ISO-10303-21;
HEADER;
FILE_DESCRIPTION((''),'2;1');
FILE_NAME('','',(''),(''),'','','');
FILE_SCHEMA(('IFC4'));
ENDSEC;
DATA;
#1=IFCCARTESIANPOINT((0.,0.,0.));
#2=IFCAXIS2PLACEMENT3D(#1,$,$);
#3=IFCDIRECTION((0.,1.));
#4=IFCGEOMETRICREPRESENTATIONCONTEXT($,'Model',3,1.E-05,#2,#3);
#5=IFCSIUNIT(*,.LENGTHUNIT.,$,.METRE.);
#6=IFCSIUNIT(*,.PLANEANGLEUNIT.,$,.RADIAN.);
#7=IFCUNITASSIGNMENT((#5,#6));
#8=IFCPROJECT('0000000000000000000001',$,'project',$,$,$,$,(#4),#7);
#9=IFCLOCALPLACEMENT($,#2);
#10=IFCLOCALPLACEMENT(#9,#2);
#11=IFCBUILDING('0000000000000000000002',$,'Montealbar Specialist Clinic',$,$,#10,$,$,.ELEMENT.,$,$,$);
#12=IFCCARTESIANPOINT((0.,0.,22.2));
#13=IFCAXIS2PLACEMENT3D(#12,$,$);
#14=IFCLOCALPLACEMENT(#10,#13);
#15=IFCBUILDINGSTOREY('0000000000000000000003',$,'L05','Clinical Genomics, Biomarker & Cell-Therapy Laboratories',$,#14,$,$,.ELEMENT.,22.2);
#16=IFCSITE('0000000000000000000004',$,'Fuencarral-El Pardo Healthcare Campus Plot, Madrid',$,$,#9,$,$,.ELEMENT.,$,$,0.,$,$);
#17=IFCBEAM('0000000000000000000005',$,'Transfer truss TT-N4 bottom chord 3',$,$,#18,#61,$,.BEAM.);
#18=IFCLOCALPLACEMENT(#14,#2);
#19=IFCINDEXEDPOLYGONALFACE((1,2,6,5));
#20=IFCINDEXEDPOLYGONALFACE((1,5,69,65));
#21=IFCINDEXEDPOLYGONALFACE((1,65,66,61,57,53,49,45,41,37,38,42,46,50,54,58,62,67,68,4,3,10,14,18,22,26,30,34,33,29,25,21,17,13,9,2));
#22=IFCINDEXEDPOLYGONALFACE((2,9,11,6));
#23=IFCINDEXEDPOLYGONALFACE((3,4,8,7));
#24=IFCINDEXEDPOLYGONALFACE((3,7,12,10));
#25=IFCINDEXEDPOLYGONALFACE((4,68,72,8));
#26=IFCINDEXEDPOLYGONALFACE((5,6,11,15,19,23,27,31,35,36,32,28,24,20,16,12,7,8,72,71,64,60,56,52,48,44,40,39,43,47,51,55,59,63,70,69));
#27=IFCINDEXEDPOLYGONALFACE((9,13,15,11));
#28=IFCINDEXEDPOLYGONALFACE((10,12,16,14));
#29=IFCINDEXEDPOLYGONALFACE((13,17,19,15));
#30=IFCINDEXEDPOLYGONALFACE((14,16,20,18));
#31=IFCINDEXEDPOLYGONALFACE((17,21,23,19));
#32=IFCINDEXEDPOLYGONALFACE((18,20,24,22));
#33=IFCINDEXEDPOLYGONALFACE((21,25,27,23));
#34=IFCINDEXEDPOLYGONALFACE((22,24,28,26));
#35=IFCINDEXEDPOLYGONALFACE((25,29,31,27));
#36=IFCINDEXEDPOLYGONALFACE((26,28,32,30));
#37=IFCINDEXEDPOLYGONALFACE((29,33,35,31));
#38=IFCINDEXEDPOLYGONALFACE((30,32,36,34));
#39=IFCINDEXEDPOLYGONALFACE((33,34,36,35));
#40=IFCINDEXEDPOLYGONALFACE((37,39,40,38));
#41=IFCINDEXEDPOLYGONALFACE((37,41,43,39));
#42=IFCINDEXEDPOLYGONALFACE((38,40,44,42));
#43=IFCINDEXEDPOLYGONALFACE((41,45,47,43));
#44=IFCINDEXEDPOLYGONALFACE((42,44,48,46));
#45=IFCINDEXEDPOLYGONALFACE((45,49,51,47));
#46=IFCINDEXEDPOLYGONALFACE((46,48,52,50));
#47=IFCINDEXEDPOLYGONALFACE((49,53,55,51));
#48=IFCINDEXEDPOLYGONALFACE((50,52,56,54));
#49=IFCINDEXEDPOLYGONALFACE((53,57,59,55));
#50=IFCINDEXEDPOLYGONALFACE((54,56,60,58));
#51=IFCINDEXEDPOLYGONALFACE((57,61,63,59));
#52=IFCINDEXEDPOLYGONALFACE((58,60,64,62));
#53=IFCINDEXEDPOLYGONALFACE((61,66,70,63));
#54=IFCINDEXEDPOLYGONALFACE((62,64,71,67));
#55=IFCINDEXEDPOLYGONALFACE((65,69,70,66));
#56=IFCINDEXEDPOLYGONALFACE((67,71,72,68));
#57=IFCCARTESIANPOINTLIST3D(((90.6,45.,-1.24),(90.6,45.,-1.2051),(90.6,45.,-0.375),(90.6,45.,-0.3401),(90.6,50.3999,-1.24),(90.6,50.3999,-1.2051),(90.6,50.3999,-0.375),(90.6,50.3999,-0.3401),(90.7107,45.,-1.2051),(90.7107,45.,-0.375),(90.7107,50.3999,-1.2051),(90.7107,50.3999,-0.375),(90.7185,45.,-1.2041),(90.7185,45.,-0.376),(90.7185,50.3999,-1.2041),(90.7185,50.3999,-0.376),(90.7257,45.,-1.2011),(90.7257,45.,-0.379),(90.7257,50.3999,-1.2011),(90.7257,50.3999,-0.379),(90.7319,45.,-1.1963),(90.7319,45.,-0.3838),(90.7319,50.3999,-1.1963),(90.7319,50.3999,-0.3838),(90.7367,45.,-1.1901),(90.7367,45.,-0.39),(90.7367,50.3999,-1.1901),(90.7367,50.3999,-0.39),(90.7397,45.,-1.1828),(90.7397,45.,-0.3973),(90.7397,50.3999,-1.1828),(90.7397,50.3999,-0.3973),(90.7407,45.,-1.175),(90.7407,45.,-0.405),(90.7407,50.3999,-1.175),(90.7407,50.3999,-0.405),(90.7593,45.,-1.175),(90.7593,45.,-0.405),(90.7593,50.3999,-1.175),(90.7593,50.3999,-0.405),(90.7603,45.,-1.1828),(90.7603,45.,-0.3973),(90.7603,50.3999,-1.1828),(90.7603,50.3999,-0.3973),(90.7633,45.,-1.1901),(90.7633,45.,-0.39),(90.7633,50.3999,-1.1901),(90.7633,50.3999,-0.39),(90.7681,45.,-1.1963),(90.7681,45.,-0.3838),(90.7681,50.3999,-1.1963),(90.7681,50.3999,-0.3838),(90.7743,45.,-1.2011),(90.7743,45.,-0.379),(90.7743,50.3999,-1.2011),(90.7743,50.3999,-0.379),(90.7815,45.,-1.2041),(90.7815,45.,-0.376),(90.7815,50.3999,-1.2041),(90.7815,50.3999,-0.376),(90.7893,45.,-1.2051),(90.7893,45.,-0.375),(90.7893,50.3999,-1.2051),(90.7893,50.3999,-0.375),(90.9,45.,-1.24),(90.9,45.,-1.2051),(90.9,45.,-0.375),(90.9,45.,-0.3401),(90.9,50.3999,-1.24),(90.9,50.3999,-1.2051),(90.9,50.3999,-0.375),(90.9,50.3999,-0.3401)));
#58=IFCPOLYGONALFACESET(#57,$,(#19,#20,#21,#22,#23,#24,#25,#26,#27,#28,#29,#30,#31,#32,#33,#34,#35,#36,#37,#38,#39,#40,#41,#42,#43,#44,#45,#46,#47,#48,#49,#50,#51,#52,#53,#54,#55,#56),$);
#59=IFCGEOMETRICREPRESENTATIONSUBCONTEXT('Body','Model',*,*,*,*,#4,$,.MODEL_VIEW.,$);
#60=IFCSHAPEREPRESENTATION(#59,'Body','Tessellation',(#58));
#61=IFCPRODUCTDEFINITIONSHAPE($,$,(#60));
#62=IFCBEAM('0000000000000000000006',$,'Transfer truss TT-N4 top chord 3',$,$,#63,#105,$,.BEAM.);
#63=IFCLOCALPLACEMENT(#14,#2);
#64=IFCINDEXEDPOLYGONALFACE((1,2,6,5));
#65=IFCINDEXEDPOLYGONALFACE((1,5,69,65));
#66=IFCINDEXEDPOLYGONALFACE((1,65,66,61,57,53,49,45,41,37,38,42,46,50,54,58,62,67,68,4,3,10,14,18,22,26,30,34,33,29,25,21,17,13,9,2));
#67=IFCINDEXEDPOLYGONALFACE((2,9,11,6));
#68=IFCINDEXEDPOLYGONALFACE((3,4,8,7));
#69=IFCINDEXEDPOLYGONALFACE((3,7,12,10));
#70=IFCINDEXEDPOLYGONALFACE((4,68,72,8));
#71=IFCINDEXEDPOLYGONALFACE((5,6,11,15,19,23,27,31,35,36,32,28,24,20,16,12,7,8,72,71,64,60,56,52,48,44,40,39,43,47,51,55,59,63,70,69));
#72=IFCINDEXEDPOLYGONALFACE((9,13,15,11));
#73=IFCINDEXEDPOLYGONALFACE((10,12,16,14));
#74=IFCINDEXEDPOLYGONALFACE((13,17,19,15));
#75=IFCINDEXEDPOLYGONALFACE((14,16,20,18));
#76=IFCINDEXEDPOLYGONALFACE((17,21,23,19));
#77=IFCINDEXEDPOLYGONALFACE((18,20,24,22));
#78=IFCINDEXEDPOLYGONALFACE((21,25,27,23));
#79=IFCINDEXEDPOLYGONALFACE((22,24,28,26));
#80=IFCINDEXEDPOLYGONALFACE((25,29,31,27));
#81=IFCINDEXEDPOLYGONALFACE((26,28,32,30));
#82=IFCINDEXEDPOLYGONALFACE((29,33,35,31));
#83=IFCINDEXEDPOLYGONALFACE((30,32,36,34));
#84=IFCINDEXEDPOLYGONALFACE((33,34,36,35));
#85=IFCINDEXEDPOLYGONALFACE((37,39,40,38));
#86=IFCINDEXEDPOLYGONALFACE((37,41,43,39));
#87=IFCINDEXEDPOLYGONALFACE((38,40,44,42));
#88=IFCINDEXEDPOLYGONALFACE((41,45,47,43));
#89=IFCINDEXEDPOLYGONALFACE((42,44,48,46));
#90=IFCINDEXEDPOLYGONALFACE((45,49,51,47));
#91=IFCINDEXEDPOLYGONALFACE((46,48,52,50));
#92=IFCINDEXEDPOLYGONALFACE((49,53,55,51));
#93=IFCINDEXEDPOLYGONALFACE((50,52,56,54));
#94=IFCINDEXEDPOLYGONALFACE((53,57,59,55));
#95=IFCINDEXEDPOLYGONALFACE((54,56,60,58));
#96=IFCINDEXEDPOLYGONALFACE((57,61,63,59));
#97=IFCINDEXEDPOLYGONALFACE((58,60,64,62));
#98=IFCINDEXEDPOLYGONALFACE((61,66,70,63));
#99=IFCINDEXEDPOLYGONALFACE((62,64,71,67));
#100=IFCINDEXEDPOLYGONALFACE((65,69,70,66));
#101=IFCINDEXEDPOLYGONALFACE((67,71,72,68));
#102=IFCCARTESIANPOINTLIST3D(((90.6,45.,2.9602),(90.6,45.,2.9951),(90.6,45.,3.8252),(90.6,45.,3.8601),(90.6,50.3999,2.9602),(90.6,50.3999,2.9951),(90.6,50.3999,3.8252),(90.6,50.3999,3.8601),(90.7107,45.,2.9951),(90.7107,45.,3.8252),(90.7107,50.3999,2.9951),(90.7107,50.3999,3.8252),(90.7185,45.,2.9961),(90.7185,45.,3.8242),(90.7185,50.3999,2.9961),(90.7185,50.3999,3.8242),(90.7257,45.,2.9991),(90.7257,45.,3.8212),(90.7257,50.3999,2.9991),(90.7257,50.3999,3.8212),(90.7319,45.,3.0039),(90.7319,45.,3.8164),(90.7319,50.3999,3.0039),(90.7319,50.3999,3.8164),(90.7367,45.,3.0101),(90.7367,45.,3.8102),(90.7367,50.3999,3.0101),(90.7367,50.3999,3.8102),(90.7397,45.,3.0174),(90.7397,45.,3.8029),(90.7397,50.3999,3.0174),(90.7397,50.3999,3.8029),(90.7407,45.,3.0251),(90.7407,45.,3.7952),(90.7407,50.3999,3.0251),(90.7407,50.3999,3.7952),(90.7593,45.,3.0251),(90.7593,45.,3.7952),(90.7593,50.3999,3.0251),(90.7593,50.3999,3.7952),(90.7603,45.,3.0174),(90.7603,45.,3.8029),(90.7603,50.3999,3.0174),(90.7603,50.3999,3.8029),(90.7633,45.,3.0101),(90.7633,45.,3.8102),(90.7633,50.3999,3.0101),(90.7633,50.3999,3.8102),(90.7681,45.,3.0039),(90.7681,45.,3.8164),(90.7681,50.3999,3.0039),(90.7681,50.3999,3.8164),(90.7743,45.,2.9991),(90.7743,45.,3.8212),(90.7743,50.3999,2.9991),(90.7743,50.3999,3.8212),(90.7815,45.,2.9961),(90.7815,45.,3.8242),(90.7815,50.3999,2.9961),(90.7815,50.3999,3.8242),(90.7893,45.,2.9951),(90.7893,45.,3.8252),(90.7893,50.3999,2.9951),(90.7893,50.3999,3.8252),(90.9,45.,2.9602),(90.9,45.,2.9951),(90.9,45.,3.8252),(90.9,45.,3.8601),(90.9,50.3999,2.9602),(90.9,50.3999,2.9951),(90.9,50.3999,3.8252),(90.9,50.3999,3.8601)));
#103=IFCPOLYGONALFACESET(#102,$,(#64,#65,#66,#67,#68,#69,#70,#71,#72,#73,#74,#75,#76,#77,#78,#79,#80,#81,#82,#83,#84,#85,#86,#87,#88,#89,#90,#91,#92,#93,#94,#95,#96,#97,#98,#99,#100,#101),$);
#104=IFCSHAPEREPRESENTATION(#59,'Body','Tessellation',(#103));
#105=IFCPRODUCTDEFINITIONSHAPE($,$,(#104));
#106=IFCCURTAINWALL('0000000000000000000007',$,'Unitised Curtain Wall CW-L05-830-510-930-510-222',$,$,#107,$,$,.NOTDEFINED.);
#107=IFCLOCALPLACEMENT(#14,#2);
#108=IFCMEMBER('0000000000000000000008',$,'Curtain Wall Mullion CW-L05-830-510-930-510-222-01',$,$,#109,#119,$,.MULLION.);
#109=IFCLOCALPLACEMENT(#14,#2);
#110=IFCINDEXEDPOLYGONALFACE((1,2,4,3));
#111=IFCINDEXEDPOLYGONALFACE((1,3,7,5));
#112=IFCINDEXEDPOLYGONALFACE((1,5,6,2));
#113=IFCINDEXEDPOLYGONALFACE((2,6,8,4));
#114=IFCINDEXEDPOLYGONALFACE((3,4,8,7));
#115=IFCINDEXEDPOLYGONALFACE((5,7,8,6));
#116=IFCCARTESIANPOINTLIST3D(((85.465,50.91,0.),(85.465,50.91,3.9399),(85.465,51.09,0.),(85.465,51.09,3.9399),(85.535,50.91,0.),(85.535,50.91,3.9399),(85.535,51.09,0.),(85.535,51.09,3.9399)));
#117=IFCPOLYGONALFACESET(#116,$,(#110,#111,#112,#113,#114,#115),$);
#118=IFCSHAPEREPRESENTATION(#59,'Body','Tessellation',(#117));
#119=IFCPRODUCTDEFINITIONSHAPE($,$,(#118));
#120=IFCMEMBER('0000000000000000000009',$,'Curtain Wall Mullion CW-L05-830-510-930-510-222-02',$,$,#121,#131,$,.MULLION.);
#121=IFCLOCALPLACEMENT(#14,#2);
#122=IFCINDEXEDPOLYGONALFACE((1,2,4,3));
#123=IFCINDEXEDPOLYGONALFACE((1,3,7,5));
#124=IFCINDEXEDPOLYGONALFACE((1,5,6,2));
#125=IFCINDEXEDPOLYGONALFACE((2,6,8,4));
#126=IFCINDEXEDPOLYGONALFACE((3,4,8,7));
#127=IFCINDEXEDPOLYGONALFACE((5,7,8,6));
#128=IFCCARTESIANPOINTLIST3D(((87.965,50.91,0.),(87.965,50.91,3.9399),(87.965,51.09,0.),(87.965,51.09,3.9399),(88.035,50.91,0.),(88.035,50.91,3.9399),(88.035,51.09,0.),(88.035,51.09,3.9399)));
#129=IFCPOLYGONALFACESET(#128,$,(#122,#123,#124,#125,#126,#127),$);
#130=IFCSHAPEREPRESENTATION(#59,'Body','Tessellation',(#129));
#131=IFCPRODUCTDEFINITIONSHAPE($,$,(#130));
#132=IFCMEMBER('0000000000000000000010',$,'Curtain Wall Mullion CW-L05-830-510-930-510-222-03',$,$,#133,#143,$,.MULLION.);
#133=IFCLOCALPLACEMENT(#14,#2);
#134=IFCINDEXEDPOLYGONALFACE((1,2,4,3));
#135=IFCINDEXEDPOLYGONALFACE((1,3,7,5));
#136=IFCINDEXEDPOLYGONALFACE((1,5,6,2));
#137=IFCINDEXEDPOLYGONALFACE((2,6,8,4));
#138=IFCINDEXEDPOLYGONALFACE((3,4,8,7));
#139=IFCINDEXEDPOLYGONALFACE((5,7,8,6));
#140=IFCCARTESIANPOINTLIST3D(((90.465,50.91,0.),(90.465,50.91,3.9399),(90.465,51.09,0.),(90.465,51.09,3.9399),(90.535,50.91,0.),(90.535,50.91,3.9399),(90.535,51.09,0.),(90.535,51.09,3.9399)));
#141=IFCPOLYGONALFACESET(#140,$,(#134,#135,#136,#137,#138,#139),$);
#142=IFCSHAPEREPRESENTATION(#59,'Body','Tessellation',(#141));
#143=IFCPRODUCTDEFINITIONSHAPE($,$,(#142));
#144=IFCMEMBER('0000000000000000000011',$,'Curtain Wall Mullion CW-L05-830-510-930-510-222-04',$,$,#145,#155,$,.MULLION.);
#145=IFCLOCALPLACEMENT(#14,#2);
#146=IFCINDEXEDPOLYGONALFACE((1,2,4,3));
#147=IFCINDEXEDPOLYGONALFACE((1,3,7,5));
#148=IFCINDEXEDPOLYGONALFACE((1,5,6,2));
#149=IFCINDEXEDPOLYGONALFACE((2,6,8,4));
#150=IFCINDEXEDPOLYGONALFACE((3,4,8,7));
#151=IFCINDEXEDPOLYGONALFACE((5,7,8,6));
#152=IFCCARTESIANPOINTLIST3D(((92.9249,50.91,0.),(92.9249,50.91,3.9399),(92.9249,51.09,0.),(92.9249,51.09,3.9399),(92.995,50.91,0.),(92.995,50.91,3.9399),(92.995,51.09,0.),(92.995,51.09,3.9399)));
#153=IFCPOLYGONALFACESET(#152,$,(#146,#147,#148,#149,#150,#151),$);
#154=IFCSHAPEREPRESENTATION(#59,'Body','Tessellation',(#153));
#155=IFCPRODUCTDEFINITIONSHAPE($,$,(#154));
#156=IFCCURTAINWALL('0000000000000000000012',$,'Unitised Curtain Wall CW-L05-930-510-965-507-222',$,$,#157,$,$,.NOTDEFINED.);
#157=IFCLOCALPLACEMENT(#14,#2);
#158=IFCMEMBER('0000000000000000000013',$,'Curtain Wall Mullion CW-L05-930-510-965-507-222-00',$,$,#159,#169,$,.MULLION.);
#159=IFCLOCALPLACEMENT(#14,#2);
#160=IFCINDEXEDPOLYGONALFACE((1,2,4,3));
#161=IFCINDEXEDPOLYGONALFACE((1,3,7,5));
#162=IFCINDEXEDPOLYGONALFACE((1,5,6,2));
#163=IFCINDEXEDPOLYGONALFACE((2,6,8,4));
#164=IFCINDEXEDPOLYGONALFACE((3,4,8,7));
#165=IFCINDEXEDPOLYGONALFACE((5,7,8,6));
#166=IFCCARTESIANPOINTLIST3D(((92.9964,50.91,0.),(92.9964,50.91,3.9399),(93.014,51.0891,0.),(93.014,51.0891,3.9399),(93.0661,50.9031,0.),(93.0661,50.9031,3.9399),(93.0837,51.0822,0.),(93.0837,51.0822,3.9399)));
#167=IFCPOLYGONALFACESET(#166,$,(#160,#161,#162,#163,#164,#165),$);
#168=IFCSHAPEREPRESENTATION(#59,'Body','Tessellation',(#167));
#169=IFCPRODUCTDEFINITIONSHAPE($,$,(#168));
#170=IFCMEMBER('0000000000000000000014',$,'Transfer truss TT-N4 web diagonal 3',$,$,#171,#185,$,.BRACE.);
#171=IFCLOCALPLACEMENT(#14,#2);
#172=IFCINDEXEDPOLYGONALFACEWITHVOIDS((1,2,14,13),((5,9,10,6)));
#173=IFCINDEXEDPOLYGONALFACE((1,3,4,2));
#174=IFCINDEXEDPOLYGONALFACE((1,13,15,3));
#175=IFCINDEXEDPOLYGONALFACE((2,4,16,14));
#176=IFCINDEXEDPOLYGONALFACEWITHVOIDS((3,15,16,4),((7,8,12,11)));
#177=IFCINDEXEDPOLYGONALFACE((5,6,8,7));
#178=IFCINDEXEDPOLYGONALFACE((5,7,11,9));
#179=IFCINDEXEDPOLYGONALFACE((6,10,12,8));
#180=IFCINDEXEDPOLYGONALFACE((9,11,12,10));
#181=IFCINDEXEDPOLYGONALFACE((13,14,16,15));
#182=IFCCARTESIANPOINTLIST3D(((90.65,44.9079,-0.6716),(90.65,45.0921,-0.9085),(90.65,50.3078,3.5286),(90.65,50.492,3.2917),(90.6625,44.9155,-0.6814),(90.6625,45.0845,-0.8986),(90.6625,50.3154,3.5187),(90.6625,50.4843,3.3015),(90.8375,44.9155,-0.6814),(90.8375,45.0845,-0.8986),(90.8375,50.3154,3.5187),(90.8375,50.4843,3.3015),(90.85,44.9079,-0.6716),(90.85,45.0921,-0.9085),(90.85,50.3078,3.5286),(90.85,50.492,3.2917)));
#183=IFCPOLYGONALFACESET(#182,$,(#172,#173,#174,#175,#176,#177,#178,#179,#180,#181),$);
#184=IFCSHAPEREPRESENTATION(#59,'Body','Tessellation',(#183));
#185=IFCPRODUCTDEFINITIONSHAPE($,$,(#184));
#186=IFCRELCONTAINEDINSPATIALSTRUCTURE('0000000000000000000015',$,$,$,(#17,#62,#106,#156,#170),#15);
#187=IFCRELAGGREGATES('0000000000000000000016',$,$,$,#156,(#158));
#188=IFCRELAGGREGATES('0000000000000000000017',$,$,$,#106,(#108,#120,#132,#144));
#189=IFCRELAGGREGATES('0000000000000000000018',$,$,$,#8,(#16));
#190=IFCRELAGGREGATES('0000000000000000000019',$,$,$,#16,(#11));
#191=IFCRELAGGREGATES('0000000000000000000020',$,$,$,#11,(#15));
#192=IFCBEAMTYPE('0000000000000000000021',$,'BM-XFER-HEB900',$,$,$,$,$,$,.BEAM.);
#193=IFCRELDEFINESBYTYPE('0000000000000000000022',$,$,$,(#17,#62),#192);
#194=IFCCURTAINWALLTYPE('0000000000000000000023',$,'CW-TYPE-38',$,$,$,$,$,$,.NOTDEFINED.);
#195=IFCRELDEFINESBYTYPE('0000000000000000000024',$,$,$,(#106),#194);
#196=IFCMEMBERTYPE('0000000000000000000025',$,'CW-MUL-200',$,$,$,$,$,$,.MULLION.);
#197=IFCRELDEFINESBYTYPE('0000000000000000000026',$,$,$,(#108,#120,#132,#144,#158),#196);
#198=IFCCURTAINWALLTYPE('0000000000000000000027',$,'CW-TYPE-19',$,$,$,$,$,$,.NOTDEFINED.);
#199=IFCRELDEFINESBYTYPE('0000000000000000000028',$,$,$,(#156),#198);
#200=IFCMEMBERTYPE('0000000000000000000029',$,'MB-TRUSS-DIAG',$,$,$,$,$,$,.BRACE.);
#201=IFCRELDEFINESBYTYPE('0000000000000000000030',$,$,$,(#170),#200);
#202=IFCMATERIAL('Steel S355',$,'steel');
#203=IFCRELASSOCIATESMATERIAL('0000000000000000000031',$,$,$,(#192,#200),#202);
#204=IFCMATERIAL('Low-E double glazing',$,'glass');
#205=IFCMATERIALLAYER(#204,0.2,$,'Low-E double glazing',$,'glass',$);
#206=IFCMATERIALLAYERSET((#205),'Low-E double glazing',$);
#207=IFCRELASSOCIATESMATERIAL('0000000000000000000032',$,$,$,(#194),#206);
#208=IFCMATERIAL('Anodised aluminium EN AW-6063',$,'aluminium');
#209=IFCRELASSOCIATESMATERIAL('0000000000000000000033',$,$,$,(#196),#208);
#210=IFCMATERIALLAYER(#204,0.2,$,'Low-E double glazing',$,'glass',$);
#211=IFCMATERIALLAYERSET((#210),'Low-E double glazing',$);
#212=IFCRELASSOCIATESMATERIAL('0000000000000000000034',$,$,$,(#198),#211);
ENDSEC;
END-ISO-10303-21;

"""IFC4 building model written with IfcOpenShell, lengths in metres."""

from ifc_helpers import new_model, si_unit, direction, frame, origin, origin_2d, place, context, subcontext, project, spatial, rectangle, hollow_rectangle, i_section, extrude, material, layer, layer_set, material_profile, profile_set, type_object, element, aggregate, save


model = new_model("IFC4")

# Units and contexts
model_context = context("Model", 3, precision=1e-05, world=origin(), true_north=direction((0.0, 1.0)))
body_context = subcontext(model_context, "Body", "Model", "MODEL_VIEW")
ifc_project = project(units=[si_unit("LENGTHUNIT", "METRE"), si_unit("PLANEANGLEUNIT", "RADIAN")], contexts=[model_context])

# Site, building, storey
site_placement = place(None, origin())
site = spatial("IfcSite", under=ifc_project, at=site_placement, Name="Fuencarral-El Pardo Healthcare Campus Plot, Madrid", CompositionType="ELEMENT", RefElevation=0.0)
building_placement = place(site_placement, origin())
building = spatial("IfcBuilding", under=site, at=building_placement, Name="Montealbar Specialist Clinic", CompositionType="ELEMENT")
storey_placement = place(building_placement, frame((0.0, 0.0, 22.2)))
storey = spatial("IfcBuildingStorey", under=building, at=storey_placement, Name="L05", Description="Clinical Genomics, Biomarker & Cell-Therapy Laboratories", CompositionType="ELEMENT", Elevation=22.2)

# Shared definitions
ifc_material_1 = material(Name="Steel S355", Category="steel")

# Beams
ifc_material_profile_1 = material_profile(ifc_material_1, i_section(OverallWidth=0.3, OverallDepth=0.8999, WebThickness=0.0186, FlangeThickness=0.0349, FilletRadius=0.03, at=origin_2d()), Name="HEB 900", Category="steel")
ifc_profile_set_1 = profile_set([ifc_material_profile_1], Name="Steel S355")
beam_type_1 = type_object("IfcBeamType", Name="BM-XFER-HEB900", PredefinedType="BEAM", material=ifc_profile_set_1)
for number, where, z_axis, x_axis, name in (
    (1, (90.75, 45.0, -0.79), (0.0, 1.0, 0.0), (-1.0, 0.0, 0.0), "Transfer truss TT-N4 bottom chord 3"),
    (2, (90.75, 45.0, 3.4102), (0.0, 1.0, 0.0), (-1.0, 0.0, 0.0), "Transfer truss TT-N4 top chord 3"),
):
    element("IfcBeam", number, at=place(storey_placement, frame(where, z_axis=z_axis, x_axis=x_axis)), inside=storey, type_object=beam_type_1, Name=name, PredefinedType="BEAM", context=body_context, shape_type="SweptSolid", body=[
        extrude(i_section(OverallWidth=0.3, OverallDepth=0.8999, WebThickness=0.0186, FlangeThickness=0.0349, FilletRadius=0.03, at=origin_2d()), origin(), (0.0, 0.0, 1.0), 5.3999),
    ])

# Curtain wall, members
ifc_material_2 = material(Name="Low-E double glazing", Category="glass")
ifc_layer_1 = layer(ifc_material_2, 0.2, Name="Low-E double glazing", Category="glass")
ifc_layer_set_1 = layer_set([ifc_layer_1], Name="Low-E double glazing")
curtain_wall_type_1 = type_object("IfcCurtainWallType", Name="CW-TYPE-38", PredefinedType="NOTDEFINED", material=ifc_layer_set_1)
curtain_wall_1_placement = place(storey_placement, origin())
curtain_wall_1 = element("IfcCurtainWall", 3, at=curtain_wall_1_placement, inside=storey, type_object=curtain_wall_type_1, Name="Unitised Curtain Wall CW-L05-830-510-930-510-222", PredefinedType="NOTDEFINED")
ifc_material_3 = material(Name="Anodised aluminium EN AW-6063", Category="aluminium")
ifc_material_profile_2 = material_profile(ifc_material_3, rectangle(XDim=0.0701, YDim=0.1799, at=origin_2d()), Name="ALU 70x180", Category="aluminium")
ifc_profile_set_2 = profile_set([ifc_material_profile_2], Name="Anodised aluminium EN AW-6063")
member_type_1 = type_object("IfcMemberType", Name="CW-MUL-200", PredefinedType="MULLION", material=ifc_profile_set_2)
member_1_placement = place(storey_placement, frame((85.5, 51.0, 0.0), z_axis=(0.0, 0.0, 1.0), x_axis=(1.0, 0.0, 0.0)))
member_1 = element("IfcMember", 4, at=member_1_placement, type_object=member_type_1, Name="Curtain Wall Mullion CW-L05-830-510-930-510-222-01", PredefinedType="MULLION", context=body_context, shape_type="SweptSolid", body=[
    extrude(rectangle(XDim=0.0701, YDim=0.1799, at=origin_2d()), origin(), (0.0, 0.0, 1.0), 3.9399),
])
member_2_placement = place(storey_placement, frame((88.0, 51.0, 0.0), z_axis=(0.0, 0.0, 1.0), x_axis=(1.0, 0.0, 0.0)))
member_2 = element("IfcMember", 5, at=member_2_placement, type_object=member_type_1, Name="Curtain Wall Mullion CW-L05-830-510-930-510-222-02", PredefinedType="MULLION", context=body_context, shape_type="SweptSolid", body=[
    extrude(rectangle(XDim=0.0701, YDim=0.1799, at=origin_2d()), origin(), (0.0, 0.0, 1.0), 3.9399),
])
member_3_placement = place(storey_placement, frame((90.5, 51.0, 0.0), z_axis=(0.0, 0.0, 1.0), x_axis=(1.0, 0.0, 0.0)))
member_3 = element("IfcMember", 6, at=member_3_placement, type_object=member_type_1, Name="Curtain Wall Mullion CW-L05-830-510-930-510-222-03", PredefinedType="MULLION", context=body_context, shape_type="SweptSolid", body=[
    extrude(rectangle(XDim=0.0701, YDim=0.1799, at=origin_2d()), origin(), (0.0, 0.0, 1.0), 3.9399),
])
member_4_placement = place(storey_placement, frame((92.96, 51.0, 0.0), z_axis=(0.0, 0.0, 1.0), x_axis=(1.0, 0.0, 0.0)))
member_4 = element("IfcMember", 7, at=member_4_placement, type_object=member_type_1, Name="Curtain Wall Mullion CW-L05-830-510-930-510-222-04", PredefinedType="MULLION", context=body_context, shape_type="SweptSolid", body=[
    extrude(rectangle(XDim=0.0701, YDim=0.1799, at=origin_2d()), origin(), (0.0, 0.0, 1.0), 3.9399),
])

# Curtain wall, member
ifc_layer_2 = layer(ifc_material_2, 0.2, Name="Low-E double glazing", Category="glass")
ifc_layer_set_2 = layer_set([ifc_layer_2], Name="Low-E double glazing")
curtain_wall_type_2 = type_object("IfcCurtainWallType", Name="CW-TYPE-19", PredefinedType="NOTDEFINED", material=ifc_layer_set_2)
curtain_wall_2_placement = place(storey_placement, origin())
curtain_wall_2 = element("IfcCurtainWall", 8, at=curtain_wall_2_placement, inside=storey, type_object=curtain_wall_type_2, Name="Unitised Curtain Wall CW-L05-930-510-965-507-222", PredefinedType="NOTDEFINED")
member_5_placement = place(storey_placement, frame((93.04, 50.9961, 0.0), z_axis=(0.0, 0.0, 1.0), x_axis=(0.995182, -0.098045, 0.0)))
member_5 = element("IfcMember", 9, at=member_5_placement, type_object=member_type_1, Name="Curtain Wall Mullion CW-L05-930-510-965-507-222-00", PredefinedType="MULLION", context=body_context, shape_type="SweptSolid", body=[
    extrude(rectangle(XDim=0.0701, YDim=0.1799, at=origin_2d()), origin(), (0.0, 0.0, 1.0), 3.9399),
])
aggregate(curtain_wall_2, [member_5])

# Member
ifc_material_profile_3 = material_profile(ifc_material_1, hollow_rectangle(XDim=0.2, YDim=0.3, WallThickness=0.0125, at=origin_2d()), Name="RHS 300x200x12.5", Category="steel")
ifc_profile_set_3 = profile_set([ifc_material_profile_3], Name="Steel S355")
member_type_2 = type_object("IfcMemberType", Name="MB-TRUSS-DIAG", PredefinedType="BRACE", material=ifc_profile_set_3)
member_6_placement = place(storey_placement, frame((90.75, 45.0, -0.79), z_axis=(0.0, 0.789333, 0.613965), x_axis=(-1.0, 0.0, 0.0)))
element("IfcMember", 10, at=member_6_placement, inside=storey, type_object=member_type_2, Name="Transfer truss TT-N4 web diagonal 3", PredefinedType="BRACE", context=body_context, shape_type="SweptSolid", body=[
    extrude(hollow_rectangle(XDim=0.2, YDim=0.3, WallThickness=0.0125, at=origin_2d()), origin(), (0.0, 0.0, 1.0), 6.8411),
])

aggregate(curtain_wall_1, [member_1, member_2, member_3, member_4])

save(model, "model.ifc")
